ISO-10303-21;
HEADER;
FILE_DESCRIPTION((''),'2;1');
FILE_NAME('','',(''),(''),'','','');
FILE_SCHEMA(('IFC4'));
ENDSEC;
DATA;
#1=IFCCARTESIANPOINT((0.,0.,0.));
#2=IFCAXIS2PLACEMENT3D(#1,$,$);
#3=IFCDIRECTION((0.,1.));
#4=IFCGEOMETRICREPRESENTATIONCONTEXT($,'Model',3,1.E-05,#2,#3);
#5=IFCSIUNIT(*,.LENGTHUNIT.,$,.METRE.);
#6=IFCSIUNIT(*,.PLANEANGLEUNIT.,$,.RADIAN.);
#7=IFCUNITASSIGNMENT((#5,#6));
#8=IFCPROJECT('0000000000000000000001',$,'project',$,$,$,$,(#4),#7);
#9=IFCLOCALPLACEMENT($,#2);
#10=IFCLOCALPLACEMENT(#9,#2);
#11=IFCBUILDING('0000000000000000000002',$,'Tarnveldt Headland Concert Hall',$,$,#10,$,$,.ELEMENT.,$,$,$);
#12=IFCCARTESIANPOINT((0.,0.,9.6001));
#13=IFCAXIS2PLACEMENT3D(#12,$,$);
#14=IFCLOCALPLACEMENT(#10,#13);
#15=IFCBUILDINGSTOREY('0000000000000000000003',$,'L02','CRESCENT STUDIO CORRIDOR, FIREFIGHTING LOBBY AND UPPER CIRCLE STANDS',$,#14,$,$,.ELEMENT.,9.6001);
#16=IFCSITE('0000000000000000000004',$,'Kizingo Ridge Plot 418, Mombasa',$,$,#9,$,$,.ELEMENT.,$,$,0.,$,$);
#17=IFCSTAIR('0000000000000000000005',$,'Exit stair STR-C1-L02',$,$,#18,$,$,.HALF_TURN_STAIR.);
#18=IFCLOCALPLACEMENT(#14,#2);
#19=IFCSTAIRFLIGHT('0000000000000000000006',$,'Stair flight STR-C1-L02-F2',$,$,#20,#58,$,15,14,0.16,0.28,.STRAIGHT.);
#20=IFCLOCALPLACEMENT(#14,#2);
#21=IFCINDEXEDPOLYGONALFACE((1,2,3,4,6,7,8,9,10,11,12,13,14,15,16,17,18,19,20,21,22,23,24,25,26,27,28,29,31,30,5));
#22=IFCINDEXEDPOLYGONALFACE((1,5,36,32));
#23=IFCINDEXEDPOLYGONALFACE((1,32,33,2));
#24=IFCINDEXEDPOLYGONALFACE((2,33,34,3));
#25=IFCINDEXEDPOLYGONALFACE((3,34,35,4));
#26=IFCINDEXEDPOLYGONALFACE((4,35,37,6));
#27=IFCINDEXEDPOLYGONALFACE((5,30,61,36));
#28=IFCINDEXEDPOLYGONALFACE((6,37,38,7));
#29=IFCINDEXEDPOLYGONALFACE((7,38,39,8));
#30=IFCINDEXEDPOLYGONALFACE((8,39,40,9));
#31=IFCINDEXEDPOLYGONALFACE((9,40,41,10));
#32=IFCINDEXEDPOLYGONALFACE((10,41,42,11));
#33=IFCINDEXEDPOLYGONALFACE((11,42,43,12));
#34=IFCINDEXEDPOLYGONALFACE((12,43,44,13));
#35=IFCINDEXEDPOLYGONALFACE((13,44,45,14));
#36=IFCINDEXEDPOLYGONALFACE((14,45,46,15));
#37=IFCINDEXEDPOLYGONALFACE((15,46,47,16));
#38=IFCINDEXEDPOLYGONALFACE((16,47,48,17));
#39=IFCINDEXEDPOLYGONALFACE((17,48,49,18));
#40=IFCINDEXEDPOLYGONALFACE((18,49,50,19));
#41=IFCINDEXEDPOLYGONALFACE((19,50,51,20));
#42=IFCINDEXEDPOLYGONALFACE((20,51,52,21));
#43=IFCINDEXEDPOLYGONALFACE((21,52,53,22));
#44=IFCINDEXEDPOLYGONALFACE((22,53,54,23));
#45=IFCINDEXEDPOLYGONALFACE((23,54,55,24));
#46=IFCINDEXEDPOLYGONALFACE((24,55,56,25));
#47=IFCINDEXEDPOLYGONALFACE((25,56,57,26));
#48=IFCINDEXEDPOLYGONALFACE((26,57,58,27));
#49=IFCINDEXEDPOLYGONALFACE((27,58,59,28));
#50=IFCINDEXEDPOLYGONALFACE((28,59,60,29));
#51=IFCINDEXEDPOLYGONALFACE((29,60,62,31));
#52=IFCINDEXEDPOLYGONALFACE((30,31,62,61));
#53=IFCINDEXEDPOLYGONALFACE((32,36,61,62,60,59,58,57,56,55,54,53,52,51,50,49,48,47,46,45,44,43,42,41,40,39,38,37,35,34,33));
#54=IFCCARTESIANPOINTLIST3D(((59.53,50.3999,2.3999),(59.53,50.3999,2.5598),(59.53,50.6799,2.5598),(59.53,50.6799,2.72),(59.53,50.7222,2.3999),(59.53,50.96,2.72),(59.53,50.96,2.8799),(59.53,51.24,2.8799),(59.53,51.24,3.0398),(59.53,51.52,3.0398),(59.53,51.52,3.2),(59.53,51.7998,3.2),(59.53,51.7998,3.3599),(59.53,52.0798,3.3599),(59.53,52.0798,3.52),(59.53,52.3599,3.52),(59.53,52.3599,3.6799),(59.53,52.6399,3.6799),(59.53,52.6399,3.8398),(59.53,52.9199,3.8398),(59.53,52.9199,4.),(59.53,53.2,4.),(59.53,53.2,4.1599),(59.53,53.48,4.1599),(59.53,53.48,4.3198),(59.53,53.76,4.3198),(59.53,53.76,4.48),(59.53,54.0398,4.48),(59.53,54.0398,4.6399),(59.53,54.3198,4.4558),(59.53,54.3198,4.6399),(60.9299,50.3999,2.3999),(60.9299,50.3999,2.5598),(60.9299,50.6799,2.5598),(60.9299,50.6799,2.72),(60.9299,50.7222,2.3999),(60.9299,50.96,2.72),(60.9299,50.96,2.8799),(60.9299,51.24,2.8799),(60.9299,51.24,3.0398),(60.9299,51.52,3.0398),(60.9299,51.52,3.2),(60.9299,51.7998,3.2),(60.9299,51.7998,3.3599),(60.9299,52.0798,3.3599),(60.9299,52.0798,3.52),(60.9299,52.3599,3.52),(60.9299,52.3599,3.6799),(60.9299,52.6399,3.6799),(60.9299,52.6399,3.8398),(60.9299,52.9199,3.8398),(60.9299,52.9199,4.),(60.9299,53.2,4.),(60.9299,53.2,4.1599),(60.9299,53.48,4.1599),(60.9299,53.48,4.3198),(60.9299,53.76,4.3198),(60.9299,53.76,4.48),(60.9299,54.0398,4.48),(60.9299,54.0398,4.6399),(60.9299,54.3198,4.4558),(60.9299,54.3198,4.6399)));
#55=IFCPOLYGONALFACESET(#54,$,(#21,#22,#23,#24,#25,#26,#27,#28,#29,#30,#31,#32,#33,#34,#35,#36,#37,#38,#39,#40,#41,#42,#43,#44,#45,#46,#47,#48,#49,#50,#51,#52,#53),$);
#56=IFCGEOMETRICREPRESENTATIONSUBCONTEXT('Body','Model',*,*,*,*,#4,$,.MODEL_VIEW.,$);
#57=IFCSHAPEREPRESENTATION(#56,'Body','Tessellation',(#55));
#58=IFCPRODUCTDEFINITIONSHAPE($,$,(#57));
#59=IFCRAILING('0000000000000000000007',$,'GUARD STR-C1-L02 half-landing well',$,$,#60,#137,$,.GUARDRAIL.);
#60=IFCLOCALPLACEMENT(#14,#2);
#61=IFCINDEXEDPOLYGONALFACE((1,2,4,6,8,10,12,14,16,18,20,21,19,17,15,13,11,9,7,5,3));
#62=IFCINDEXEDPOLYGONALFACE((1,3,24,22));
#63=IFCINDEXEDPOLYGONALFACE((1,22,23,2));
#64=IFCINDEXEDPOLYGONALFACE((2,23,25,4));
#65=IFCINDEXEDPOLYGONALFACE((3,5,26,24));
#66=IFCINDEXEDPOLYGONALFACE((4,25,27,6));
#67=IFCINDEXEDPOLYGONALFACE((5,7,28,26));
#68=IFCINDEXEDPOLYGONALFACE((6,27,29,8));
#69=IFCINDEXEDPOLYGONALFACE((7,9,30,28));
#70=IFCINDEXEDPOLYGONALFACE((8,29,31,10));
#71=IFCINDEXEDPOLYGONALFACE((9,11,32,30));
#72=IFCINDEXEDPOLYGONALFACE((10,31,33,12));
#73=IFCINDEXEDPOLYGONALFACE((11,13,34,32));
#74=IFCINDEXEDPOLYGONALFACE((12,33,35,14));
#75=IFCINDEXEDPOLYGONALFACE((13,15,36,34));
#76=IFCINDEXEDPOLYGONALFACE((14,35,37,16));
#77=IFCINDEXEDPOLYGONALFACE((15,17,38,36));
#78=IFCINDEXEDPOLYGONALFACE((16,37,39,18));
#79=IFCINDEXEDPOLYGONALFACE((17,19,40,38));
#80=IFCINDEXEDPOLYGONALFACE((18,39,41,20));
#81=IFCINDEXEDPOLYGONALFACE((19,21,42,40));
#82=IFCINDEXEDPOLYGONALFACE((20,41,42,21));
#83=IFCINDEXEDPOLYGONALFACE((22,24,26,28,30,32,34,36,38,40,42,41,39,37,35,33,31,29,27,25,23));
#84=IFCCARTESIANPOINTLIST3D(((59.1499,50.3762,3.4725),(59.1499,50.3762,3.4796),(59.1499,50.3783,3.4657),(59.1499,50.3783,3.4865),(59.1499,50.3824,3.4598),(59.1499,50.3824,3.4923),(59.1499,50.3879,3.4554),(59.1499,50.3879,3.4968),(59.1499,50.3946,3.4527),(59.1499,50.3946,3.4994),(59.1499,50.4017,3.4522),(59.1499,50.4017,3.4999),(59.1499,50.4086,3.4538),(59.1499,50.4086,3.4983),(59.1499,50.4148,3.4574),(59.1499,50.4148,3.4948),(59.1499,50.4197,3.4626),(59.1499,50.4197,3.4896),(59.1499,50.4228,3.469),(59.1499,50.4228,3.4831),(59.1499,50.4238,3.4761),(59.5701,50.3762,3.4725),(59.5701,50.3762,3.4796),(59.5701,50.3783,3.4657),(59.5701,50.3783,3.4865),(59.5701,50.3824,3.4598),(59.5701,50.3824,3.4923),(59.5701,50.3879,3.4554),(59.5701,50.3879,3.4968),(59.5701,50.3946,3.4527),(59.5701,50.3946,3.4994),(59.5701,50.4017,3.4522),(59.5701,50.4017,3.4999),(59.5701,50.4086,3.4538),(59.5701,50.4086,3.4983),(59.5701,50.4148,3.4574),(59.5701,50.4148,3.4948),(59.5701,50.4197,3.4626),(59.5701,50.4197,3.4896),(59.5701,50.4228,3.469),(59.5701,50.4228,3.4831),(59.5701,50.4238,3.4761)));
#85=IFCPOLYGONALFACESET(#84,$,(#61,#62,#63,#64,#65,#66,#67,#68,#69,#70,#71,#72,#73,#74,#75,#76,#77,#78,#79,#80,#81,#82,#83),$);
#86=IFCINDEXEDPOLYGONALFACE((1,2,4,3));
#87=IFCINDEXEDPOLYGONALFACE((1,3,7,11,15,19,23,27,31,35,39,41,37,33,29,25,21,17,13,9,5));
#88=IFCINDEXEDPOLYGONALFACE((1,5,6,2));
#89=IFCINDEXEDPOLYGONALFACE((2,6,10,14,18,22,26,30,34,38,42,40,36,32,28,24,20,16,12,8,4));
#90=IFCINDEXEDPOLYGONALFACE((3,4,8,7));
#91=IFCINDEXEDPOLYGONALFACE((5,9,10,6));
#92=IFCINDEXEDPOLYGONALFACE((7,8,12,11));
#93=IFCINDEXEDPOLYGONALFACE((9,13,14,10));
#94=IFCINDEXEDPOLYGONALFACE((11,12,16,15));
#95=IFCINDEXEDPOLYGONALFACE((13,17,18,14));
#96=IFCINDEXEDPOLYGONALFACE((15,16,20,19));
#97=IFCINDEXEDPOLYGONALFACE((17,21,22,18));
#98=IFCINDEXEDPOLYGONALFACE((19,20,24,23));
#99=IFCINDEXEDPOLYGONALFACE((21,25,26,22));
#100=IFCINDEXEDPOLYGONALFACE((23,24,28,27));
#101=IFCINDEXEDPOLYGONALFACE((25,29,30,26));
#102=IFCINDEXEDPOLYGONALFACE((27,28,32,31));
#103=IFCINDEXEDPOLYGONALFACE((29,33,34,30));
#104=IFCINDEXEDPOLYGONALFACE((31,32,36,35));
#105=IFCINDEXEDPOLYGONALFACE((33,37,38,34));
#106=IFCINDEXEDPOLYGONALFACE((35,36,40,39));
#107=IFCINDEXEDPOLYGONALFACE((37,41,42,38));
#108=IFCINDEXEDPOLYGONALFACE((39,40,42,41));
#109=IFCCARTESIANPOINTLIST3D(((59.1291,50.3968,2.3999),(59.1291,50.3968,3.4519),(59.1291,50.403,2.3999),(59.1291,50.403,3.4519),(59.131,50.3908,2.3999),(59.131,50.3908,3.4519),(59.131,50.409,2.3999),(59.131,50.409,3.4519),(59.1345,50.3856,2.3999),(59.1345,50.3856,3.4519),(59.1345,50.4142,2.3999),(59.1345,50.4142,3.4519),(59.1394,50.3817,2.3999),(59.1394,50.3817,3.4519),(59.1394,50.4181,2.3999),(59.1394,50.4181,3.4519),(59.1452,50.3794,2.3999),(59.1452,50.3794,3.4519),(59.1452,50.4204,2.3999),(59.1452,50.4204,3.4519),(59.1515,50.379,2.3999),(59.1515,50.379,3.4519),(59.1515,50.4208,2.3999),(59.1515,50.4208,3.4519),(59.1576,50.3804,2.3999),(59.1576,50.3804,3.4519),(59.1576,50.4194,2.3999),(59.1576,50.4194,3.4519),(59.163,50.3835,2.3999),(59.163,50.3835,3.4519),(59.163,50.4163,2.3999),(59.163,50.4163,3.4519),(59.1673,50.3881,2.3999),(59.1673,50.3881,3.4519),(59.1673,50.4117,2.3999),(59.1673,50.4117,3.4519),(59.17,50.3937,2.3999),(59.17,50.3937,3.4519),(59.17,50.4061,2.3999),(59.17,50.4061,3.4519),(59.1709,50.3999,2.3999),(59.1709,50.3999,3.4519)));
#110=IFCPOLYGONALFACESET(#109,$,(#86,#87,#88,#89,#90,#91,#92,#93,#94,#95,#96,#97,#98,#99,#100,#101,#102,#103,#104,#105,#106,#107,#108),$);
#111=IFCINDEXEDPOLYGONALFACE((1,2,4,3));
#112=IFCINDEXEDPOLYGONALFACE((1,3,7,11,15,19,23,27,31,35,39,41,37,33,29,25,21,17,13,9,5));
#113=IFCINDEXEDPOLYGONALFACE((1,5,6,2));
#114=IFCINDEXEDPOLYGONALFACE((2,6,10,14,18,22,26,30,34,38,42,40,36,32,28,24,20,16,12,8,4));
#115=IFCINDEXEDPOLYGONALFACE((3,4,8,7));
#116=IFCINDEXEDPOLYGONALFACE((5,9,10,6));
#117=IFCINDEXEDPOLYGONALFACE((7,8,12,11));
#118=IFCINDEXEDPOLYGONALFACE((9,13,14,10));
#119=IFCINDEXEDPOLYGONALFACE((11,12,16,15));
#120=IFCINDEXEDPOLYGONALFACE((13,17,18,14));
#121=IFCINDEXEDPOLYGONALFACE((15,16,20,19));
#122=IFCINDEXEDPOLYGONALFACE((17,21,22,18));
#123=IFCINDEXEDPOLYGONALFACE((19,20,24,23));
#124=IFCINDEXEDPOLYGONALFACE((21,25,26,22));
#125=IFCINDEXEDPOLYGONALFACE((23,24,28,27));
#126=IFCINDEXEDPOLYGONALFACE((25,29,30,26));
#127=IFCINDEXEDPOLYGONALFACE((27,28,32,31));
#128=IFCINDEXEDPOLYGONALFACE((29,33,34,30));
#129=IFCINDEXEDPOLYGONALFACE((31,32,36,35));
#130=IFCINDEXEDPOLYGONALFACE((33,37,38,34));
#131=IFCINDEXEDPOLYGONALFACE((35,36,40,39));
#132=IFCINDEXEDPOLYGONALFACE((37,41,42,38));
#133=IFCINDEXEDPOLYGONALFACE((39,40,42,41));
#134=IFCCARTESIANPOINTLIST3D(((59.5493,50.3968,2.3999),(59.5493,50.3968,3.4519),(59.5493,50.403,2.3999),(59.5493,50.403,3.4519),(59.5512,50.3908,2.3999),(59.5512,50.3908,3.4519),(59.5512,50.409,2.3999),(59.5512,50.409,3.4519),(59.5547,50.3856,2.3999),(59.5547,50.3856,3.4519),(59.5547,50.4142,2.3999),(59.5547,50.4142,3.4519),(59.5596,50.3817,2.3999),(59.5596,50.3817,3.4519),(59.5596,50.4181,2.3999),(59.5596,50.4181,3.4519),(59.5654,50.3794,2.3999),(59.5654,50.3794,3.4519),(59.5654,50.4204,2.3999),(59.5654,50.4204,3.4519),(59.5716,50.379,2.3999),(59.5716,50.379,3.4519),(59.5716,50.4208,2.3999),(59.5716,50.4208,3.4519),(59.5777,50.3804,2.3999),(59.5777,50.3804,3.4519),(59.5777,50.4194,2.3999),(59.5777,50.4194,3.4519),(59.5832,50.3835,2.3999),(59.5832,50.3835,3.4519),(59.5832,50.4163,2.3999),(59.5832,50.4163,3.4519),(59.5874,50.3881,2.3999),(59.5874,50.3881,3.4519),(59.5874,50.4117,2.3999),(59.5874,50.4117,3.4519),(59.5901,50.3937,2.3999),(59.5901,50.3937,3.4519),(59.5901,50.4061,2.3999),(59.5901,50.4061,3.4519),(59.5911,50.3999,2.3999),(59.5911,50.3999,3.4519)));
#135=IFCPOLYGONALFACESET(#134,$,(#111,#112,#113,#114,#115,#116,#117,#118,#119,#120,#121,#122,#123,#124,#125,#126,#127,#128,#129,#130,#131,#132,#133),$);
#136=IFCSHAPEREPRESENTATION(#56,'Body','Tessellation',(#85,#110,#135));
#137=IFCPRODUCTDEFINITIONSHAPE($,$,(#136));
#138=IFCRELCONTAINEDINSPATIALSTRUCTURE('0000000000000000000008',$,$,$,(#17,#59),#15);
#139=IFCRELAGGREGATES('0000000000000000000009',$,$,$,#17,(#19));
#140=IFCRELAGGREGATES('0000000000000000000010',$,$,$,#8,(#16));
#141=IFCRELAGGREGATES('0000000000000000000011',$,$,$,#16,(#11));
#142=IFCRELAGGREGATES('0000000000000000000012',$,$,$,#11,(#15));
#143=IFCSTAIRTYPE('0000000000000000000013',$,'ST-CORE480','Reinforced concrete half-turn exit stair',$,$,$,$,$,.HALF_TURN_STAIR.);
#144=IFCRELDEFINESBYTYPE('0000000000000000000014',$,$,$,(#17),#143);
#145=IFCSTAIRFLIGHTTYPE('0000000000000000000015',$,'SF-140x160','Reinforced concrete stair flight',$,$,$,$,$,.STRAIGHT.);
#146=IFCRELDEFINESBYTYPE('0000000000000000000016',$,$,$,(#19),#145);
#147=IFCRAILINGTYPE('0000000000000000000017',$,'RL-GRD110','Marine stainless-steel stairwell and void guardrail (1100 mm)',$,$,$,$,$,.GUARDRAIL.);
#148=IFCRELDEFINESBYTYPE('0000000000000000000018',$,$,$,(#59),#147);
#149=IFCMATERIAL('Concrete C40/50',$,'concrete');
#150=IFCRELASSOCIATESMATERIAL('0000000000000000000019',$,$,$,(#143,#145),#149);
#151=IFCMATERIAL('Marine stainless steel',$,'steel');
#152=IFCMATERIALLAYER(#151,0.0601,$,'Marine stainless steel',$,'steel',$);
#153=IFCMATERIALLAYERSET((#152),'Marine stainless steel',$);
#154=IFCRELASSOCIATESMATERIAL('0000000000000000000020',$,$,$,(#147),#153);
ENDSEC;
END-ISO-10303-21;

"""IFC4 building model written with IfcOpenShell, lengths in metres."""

from ifc_helpers import new_model, si_unit, direction, frame, origin, origin_2d, place, context, subcontext, project, spatial, polyline, circle, outline, extrude, material, layer, layer_set, type_object, element, aggregate, save


model = new_model("IFC4")

# Units and contexts
model_context = context("Model", 3, precision=1e-05, world=origin(), true_north=direction((0.0, 1.0)))
body_context = subcontext(model_context, "Body", "Model", "MODEL_VIEW")
ifc_project = project(units=[si_unit("LENGTHUNIT", "METRE"), si_unit("PLANEANGLEUNIT", "RADIAN")], contexts=[model_context])

# Site, building, storey
site_placement = place(None, origin())
site = spatial("IfcSite", under=ifc_project, at=site_placement, Name="Kizingo Ridge Plot 418, Mombasa", CompositionType="ELEMENT", RefElevation=0.0)
building_placement = place(site_placement, origin())
building = spatial("IfcBuilding", under=site, at=building_placement, Name="Tarnveldt Headland Concert Hall", CompositionType="ELEMENT")
storey_placement = place(building_placement, frame((0.0, 0.0, 9.6001)))
storey = spatial("IfcBuildingStorey", under=building, at=storey_placement, Name="L02", Description="CRESCENT STUDIO CORRIDOR, FIREFIGHTING LOBBY AND UPPER CIRCLE STANDS", CompositionType="ELEMENT", Elevation=9.6001)

# Shared definitions
ifc_material_1 = material(Name="Concrete C40/50", Category="concrete")

# Stair, stair flight
stair_type = type_object("IfcStairType", Name="ST-CORE480", Description="Reinforced concrete half-turn exit stair", PredefinedType="HALF_TURN_STAIR", material=ifc_material_1)
stair_placement = place(storey_placement, origin())
stair = element("IfcStair", 1, at=stair_placement, inside=storey, type_object=stair_type, Name="Exit stair STR-C1-L02", PredefinedType="HALF_TURN_STAIR")
stair_flight_type = type_object("IfcStairFlightType", Name="SF-140x160", Description="Reinforced concrete stair flight", PredefinedType="STRAIGHT", material=ifc_material_1)
stair_flight_placement = place(storey_placement, frame((60.23, 50.3999, 2.3999), z_axis=(0.0, 0.0, 1.0), x_axis=(0.0, 1.0, 0.0)))
stair_flight = element("IfcStairFlight", 2, at=stair_flight_placement, type_object=stair_flight_type, Name="Stair flight STR-C1-L02-F2", NumberOfRisers=15, NumberOfTreads=14, PredefinedType="STRAIGHT", RiserHeight=0.16, TreadLength=0.28, context=body_context, shape_type="SweptSolid", body=[
    extrude(outline(polyline([(0.0, 0.0), (0.0, 0.1599), (0.28, 0.1599), (0.28, 0.3201), (0.5601, 0.3201), (0.5601, 0.48), (0.8401, 0.48), (0.8401, 0.6399), (1.1201, 0.6399), (1.1201, 0.8), (1.3999, 0.8), (1.3999, 0.96), (1.6799, 0.96), (1.6799, 1.1201), (1.96, 1.1201), (1.96, 1.28), (2.24, 1.28), (2.24, 1.4399), (2.52, 1.4399), (2.52, 1.6001), (2.8, 1.6001), (2.8, 1.76), (3.0801, 1.76), (3.0801, 1.9199), (3.3601, 1.9199), (3.3601, 2.0801), (3.6399, 2.0801), (3.6399, 2.24), (3.9199, 2.24), (3.9199, 2.3999), (3.9199, 2.0559), (0.3223, 0.0), (0.0, 0.0)])), frame((0.0, 0.7, 0.0), z_axis=(0.0, -1.0, 0.0), x_axis=(1.0, 0.0, 0.0)), (0.0, 0.0, 1.0), 1.3999),
])
aggregate(stair, [stair_flight])

# Railing
ifc_material_2 = material(Name="Marine stainless steel", Category="steel")
ifc_layer_1 = layer(ifc_material_2, 0.0601, Name="Marine stainless steel", Category="steel")
ifc_layer_set_1 = layer_set([ifc_layer_1], Name="Marine stainless steel")
railing_type_1 = type_object("IfcRailingType", Name="RL-GRD110", Description="Marine stainless-steel stairwell and void guardrail (1100 mm)", PredefinedType="GUARDRAIL", material=ifc_layer_set_1)
railing_1_placement = place(storey_placement, frame((59.1499, 50.3999, 2.3999)))
element("IfcRailing", 3, at=railing_1_placement, inside=storey, type_object=railing_type_1, Name="GUARD STR-C1-L02 half-landing well", PredefinedType="GUARDRAIL", context=body_context, shape_type="SweptSolid", body=[
    extrude(circle(Radius=0.0239, at=origin_2d()), frame((0.0, 0.0, 1.0762), z_axis=(1.0, 0.0, 0.0), x_axis=(0.0, 1.0, 0.0)), (0.0, 0.0, 1.0), 0.4202),
    extrude(circle(Radius=0.021, at=origin_2d()), origin(), (0.0, 0.0, 1.0), 1.052),
    extrude(circle(Radius=0.021, at=origin_2d()), frame((0.4202, 0.0, 0.0)), (0.0, 0.0, 1.0), 1.052),
])

save(model, "model.ifc")
